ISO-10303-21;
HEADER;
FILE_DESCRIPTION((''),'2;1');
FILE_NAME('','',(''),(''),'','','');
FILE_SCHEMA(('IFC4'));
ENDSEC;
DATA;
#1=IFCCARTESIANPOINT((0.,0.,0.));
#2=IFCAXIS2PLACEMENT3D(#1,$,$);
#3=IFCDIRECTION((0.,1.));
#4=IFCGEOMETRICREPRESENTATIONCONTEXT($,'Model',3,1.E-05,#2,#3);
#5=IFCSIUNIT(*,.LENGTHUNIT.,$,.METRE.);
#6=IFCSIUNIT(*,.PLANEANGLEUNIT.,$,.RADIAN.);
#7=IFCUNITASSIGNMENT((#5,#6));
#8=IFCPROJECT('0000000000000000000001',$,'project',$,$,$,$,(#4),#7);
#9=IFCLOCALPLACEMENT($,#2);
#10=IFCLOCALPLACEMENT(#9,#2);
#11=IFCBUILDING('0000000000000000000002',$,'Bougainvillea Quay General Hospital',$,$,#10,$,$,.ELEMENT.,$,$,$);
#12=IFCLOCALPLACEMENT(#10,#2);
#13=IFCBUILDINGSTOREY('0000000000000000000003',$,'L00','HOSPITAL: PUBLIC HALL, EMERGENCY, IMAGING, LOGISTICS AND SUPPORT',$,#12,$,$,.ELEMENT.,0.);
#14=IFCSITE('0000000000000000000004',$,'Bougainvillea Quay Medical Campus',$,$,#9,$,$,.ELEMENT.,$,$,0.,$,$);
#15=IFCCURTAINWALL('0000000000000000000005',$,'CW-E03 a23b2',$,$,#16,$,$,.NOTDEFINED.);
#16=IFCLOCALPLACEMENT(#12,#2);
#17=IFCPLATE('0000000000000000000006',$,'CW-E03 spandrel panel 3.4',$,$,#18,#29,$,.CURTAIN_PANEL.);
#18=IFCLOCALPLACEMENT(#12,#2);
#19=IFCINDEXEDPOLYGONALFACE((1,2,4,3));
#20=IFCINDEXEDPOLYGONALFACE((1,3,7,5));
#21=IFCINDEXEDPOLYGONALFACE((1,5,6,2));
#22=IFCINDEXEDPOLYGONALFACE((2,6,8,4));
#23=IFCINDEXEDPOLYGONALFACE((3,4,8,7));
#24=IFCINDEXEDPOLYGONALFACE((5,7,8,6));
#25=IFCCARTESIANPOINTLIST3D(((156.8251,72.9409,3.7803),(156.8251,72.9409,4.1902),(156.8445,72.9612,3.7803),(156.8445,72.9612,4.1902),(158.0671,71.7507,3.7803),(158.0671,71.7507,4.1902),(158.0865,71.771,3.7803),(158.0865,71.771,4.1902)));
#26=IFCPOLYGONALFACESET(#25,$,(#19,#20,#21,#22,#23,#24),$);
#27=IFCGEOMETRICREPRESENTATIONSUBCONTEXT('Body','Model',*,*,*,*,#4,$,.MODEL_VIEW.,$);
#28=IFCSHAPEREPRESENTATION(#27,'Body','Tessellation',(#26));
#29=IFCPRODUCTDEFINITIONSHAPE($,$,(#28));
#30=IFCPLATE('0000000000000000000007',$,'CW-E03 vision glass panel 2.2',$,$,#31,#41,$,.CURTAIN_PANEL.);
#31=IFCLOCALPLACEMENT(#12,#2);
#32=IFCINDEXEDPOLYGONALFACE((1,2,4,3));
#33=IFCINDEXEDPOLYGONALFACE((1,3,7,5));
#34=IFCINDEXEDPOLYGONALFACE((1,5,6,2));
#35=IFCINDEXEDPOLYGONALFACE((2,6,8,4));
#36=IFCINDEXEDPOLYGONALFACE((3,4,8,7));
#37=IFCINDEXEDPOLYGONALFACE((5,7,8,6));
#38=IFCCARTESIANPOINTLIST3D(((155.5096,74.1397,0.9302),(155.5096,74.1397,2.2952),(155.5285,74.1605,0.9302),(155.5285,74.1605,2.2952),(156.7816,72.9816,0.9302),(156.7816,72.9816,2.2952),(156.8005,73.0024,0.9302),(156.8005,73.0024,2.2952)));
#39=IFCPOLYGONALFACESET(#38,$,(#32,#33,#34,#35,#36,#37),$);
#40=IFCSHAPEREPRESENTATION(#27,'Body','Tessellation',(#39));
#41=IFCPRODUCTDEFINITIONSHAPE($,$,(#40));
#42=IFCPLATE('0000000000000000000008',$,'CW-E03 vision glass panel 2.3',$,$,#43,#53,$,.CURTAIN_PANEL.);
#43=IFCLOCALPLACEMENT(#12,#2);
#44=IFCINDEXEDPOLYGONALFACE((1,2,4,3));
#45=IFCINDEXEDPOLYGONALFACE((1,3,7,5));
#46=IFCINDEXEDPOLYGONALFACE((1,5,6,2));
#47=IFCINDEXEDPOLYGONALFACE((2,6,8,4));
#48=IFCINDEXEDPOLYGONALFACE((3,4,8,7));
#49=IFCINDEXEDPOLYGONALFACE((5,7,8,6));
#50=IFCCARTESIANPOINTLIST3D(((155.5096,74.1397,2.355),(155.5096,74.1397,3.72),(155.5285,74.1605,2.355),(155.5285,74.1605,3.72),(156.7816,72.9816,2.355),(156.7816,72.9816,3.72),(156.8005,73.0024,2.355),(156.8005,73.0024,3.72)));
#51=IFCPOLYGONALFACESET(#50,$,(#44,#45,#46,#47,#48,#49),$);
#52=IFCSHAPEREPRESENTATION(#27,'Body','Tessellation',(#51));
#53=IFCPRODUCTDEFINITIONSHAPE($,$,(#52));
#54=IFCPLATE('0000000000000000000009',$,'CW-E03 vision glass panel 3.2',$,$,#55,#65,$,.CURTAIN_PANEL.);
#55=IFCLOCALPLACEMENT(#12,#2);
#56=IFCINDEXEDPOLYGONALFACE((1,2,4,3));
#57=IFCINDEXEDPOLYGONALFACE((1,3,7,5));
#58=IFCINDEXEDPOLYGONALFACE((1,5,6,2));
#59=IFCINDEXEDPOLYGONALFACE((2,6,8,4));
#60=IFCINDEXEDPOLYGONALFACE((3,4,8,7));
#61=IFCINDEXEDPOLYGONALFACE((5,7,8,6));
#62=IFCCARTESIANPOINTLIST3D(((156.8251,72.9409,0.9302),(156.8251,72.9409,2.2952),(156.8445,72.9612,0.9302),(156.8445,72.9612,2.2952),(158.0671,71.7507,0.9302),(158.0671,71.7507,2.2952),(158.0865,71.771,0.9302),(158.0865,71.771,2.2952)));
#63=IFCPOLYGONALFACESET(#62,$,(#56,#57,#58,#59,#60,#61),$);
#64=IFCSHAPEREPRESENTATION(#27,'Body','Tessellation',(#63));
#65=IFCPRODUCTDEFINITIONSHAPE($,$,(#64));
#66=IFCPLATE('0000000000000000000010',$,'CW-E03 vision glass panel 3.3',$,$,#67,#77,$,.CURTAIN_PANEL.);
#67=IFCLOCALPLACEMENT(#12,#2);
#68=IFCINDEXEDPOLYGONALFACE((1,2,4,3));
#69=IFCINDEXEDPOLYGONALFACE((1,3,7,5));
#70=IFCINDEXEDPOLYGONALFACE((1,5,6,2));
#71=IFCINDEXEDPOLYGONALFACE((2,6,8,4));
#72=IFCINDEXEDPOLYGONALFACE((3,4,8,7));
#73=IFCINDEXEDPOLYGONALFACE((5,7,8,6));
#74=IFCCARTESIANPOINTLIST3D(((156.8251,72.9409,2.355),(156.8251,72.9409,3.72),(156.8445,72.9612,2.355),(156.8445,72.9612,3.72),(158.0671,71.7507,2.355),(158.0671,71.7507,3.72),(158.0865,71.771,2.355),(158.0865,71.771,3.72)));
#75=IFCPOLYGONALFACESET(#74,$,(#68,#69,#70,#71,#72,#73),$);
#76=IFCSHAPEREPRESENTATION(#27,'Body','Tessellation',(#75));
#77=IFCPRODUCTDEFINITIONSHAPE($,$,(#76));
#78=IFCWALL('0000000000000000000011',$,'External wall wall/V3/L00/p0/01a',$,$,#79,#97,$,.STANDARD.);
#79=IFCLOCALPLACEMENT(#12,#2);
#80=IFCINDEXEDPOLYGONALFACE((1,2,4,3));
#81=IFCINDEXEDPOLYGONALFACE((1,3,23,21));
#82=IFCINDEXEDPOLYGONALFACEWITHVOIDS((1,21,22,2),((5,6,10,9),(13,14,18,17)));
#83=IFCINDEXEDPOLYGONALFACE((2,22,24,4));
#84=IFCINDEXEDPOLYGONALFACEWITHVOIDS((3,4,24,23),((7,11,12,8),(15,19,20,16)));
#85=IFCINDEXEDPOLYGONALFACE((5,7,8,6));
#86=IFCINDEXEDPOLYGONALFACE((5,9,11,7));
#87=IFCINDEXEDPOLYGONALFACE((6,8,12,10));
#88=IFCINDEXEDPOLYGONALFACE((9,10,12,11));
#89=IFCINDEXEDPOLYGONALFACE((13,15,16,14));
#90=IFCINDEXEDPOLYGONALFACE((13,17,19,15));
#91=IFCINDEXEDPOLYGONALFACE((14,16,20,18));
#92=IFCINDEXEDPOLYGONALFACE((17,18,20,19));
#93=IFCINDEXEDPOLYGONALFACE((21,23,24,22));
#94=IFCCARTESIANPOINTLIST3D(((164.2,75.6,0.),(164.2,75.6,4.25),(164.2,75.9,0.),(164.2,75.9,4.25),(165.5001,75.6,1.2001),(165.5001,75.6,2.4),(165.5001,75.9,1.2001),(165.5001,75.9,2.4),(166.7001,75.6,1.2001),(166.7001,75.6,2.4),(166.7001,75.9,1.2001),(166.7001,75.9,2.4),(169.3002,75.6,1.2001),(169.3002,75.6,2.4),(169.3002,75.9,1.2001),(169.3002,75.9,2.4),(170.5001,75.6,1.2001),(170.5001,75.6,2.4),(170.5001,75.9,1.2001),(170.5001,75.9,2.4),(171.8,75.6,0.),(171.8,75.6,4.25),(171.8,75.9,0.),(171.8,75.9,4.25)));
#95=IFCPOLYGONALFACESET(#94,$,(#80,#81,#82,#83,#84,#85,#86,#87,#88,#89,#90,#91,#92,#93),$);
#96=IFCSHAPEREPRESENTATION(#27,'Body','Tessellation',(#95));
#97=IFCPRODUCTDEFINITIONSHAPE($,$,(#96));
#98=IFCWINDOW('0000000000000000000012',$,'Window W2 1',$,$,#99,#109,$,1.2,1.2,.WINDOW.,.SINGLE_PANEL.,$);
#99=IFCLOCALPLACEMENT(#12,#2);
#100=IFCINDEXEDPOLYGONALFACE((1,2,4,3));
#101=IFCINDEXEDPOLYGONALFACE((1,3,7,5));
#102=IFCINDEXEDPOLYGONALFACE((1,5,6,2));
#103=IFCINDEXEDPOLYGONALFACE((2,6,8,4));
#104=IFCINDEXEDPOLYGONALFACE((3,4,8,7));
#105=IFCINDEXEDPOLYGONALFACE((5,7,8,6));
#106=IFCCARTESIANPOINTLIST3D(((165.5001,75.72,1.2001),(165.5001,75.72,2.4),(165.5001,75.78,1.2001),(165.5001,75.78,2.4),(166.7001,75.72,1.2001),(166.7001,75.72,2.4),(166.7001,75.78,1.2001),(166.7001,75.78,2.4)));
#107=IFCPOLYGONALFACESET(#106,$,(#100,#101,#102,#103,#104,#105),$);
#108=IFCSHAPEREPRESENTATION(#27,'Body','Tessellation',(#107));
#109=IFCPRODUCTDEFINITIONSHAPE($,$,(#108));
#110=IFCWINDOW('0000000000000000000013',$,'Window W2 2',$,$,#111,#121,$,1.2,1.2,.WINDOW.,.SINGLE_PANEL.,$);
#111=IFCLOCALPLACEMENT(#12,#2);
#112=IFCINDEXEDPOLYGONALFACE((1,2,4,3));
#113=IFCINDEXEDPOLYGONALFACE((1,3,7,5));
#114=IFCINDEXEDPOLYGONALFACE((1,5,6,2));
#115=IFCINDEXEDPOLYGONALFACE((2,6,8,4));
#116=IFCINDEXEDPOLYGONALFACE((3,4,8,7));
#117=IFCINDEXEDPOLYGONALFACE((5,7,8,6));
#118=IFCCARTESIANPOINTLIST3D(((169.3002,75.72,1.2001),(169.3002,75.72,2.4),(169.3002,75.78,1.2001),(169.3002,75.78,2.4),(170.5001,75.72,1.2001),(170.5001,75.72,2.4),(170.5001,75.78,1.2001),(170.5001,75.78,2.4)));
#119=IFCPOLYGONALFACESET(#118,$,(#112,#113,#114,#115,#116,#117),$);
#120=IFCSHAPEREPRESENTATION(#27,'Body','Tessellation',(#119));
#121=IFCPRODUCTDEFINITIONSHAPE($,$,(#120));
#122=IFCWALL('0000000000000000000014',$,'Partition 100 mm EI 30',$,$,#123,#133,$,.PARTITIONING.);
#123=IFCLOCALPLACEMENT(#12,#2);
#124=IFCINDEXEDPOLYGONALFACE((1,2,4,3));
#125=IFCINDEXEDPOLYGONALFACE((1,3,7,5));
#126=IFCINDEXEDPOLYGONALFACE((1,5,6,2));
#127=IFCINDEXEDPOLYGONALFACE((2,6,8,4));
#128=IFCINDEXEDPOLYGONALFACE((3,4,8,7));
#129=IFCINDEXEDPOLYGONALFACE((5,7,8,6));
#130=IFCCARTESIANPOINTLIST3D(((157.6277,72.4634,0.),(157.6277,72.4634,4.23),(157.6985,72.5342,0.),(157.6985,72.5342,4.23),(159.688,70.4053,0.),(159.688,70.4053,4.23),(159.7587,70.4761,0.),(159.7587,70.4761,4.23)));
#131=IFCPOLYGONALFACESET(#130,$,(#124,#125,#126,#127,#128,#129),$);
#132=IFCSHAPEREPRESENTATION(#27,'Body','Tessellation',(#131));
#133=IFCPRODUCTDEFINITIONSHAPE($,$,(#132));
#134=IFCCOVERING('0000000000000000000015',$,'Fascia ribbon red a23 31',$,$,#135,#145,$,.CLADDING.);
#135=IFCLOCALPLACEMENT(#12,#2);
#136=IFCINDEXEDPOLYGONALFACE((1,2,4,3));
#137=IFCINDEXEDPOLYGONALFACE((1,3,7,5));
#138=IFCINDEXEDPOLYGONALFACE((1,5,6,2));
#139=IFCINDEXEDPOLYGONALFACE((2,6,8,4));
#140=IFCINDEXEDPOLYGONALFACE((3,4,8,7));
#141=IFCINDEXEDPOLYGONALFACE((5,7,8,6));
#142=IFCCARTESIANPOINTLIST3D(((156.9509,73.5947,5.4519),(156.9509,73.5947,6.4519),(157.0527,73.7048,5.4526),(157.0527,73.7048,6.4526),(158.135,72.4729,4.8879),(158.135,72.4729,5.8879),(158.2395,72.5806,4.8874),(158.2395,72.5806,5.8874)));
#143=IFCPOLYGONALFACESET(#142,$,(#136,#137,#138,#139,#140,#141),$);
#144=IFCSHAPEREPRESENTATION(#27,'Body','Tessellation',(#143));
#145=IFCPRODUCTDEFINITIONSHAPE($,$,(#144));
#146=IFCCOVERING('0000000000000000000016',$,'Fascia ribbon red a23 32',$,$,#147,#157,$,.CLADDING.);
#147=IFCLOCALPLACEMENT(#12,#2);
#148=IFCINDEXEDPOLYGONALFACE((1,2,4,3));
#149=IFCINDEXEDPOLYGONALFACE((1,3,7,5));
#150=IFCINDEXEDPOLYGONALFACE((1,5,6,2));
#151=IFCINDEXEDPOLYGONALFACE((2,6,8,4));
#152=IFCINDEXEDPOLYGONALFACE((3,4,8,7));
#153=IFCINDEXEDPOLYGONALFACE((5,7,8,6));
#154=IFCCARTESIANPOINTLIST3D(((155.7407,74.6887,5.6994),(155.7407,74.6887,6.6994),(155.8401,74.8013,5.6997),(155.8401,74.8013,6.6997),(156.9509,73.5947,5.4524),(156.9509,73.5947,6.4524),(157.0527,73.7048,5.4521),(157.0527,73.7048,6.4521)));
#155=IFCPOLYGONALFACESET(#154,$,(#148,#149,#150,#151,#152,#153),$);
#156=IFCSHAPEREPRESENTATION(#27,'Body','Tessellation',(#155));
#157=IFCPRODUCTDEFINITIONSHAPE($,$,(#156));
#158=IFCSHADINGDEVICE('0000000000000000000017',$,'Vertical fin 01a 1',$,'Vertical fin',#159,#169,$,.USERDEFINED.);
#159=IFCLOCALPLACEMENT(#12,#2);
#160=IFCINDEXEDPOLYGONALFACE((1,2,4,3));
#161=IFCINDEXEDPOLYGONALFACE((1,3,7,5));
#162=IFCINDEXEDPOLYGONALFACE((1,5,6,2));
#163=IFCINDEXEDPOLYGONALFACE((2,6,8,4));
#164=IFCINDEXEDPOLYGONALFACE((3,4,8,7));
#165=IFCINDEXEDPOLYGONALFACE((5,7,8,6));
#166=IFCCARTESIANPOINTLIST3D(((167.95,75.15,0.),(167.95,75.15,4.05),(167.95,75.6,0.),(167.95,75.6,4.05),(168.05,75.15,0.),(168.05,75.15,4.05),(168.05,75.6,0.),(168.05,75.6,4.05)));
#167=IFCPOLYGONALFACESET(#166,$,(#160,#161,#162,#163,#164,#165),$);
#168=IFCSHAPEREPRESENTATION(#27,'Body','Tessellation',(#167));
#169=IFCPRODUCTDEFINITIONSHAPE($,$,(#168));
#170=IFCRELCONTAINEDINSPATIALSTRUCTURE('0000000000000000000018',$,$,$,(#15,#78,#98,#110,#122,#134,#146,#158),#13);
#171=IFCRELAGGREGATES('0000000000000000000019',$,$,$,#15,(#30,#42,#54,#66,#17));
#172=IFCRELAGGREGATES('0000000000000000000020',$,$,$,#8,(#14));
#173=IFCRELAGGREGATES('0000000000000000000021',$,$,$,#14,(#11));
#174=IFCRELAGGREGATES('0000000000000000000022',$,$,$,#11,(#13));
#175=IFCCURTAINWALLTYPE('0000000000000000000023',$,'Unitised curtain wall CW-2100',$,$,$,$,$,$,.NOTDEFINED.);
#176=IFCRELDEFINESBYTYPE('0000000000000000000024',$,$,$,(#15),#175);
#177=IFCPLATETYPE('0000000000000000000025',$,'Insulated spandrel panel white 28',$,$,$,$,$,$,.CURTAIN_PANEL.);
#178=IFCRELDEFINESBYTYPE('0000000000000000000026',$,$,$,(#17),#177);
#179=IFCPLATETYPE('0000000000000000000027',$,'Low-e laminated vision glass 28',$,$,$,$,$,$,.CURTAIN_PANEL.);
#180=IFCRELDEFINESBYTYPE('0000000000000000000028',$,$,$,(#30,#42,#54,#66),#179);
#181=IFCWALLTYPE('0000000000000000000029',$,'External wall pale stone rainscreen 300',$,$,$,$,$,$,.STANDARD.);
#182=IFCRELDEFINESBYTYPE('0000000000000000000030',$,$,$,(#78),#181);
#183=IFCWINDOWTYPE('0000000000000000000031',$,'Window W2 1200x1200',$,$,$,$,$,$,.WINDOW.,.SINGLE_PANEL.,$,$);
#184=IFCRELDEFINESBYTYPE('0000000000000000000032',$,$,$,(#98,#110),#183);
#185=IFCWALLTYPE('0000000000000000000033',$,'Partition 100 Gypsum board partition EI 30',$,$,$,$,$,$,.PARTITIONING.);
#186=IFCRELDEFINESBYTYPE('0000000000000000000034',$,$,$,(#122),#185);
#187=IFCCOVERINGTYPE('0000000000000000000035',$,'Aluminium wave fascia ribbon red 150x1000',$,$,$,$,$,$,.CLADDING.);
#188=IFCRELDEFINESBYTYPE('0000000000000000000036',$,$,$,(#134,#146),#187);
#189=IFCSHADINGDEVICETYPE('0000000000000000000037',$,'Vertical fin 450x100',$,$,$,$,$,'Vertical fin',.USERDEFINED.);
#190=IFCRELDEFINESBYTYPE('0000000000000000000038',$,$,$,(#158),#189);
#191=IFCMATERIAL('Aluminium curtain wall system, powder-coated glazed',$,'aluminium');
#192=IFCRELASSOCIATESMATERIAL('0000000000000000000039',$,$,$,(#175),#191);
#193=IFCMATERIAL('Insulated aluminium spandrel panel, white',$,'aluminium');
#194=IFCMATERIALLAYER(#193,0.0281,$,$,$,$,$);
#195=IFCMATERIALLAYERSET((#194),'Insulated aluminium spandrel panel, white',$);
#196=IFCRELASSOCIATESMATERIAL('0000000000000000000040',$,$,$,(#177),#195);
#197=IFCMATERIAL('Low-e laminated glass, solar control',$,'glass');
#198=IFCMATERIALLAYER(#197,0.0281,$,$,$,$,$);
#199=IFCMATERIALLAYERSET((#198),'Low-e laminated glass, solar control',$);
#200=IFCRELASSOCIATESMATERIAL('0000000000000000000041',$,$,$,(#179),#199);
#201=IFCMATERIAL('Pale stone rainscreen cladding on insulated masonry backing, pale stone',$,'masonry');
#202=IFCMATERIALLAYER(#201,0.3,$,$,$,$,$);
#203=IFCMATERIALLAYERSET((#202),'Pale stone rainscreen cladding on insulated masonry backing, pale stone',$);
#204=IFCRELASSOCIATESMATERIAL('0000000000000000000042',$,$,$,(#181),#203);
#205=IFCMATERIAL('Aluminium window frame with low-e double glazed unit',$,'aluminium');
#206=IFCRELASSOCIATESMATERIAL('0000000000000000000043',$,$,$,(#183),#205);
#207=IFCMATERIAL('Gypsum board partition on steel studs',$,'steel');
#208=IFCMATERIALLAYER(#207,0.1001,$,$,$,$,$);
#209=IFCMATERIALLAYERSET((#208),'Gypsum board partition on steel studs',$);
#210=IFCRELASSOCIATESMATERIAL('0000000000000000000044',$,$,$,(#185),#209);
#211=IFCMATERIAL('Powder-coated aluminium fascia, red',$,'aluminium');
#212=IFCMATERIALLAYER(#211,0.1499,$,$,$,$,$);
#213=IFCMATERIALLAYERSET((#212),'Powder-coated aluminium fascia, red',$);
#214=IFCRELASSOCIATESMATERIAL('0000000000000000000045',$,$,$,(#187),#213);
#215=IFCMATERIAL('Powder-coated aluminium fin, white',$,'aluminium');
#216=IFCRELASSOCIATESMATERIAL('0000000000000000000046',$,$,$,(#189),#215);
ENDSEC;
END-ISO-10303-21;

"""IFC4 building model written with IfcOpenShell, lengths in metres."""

from ifc_helpers import new_model, si_unit, direction, frame, frame_2d, origin, origin_2d, place, context, subcontext, project, spatial, polyline, rectangle, outline, extrude, material, layer, layer_set, material_profile, profile_set, type_object, element, fill, aggregate, save


model = new_model("IFC4")

# Units and contexts
model_context = context("Model", 3, precision=1e-05, world=origin(), true_north=direction((0.0, 1.0)))
body_context = subcontext(model_context, "Body", "Model", "MODEL_VIEW")
ifc_project = project(units=[si_unit("LENGTHUNIT", "METRE"), si_unit("PLANEANGLEUNIT", "RADIAN")], contexts=[model_context])

# Site, building, storey
site_placement = place(None, origin())
site = spatial("IfcSite", under=ifc_project, at=site_placement, Name="Bougainvillea Quay Medical Campus", CompositionType="ELEMENT", RefElevation=0.0)
building_placement = place(site_placement, origin())
building = spatial("IfcBuilding", under=site, at=building_placement, Name="Bougainvillea Quay General Hospital", CompositionType="ELEMENT")
storey_placement = place(building_placement, origin())
storey = spatial("IfcBuildingStorey", under=building, at=storey_placement, Name="L00", Description="HOSPITAL: PUBLIC HALL, EMERGENCY, IMAGING, LOGISTICS AND SUPPORT", CompositionType="ELEMENT", Elevation=0.0)

# Curtain wall, plates
ifc_material_1 = material(Name="Aluminium curtain wall system, powder-coated glazed", Category="aluminium")
curtain_wall_type = type_object("IfcCurtainWallType", Name="Unitised curtain wall CW-2100", PredefinedType="NOTDEFINED", material=ifc_material_1)
curtain_wall_placement = place(storey_placement, origin())
curtain_wall = element("IfcCurtainWall", 1, at=curtain_wall_placement, inside=storey, type_object=curtain_wall_type, Name="CW-E03 a23b2", PredefinedType="NOTDEFINED")
ifc_material_2 = material(Name="Insulated aluminium spandrel panel, white", Category="aluminium")
ifc_layer_1 = layer(ifc_material_2, 0.0281)
ifc_layer_set_1 = layer_set([ifc_layer_1], Name="Insulated aluminium spandrel panel, white")
plate_type_1 = type_object("IfcPlateType", Name="Insulated spandrel panel white 28", PredefinedType="CURTAIN_PANEL", material=ifc_layer_set_1)
plate_1_placement = place(storey_placement, frame((157.4558, 72.356, 3.7803), z_axis=(0.0, 0.0, 1.0), x_axis=(0.722002, -0.691891, 0.0)))
plate_1 = element("IfcPlate", 2, at=plate_1_placement, type_object=plate_type_1, Name="CW-E03 spandrel panel 3.4", PredefinedType="CURTAIN_PANEL", context=body_context, shape_type="SweptSolid", body=[
    extrude(rectangle(XDim=1.7202, YDim=0.0281, at=origin_2d()), origin(), (0.0, 0.0, 1.0), 0.4099),
])
ifc_material_3 = material(Name="Low-e laminated glass, solar control", Category="glass")
ifc_layer_2 = layer(ifc_material_3, 0.0281)
ifc_layer_set_2 = layer_set([ifc_layer_2], Name="Low-e laminated glass, solar control")
plate_type_2 = type_object("IfcPlateType", Name="Low-e laminated vision glass 28", PredefinedType="CURTAIN_PANEL", material=ifc_layer_set_2)
plate_2_placement = place(storey_placement, frame((156.155, 73.571, 0.9302), z_axis=(0.0, 0.0, 1.0), x_axis=(0.739424, -0.67324, 0.0)))
plate_2 = element("IfcPlate", 3, at=plate_2_placement, type_object=plate_type_2, Name="CW-E03 vision glass panel 2.2", PredefinedType="CURTAIN_PANEL", context=body_context, shape_type="SweptSolid", body=[
    extrude(rectangle(XDim=1.7202, YDim=0.0281, at=origin_2d()), origin(), (0.0, 0.0, 1.0), 1.365),
])
plate_3_placement = place(storey_placement, frame((156.155, 73.571, 2.355), z_axis=(0.0, 0.0, 1.0), x_axis=(0.739424, -0.67324, 0.0)))
plate_3 = element("IfcPlate", 4, at=plate_3_placement, type_object=plate_type_2, Name="CW-E03 vision glass panel 2.3", PredefinedType="CURTAIN_PANEL", context=body_context, shape_type="SweptSolid", body=[
    extrude(rectangle(XDim=1.7202, YDim=0.0281, at=origin_2d()), origin(), (0.0, 0.0, 1.0), 1.365),
])
plate_4_placement = place(storey_placement, frame((157.4558, 72.356, 0.9302), z_axis=(0.0, 0.0, 1.0), x_axis=(0.722002, -0.691891, 0.0)))
plate_4 = element("IfcPlate", 5, at=plate_4_placement, type_object=plate_type_2, Name="CW-E03 vision glass panel 3.2", PredefinedType="CURTAIN_PANEL", context=body_context, shape_type="SweptSolid", body=[
    extrude(rectangle(XDim=1.7202, YDim=0.0281, at=origin_2d()), origin(), (0.0, 0.0, 1.0), 1.365),
])
plate_5_placement = place(storey_placement, frame((157.4558, 72.356, 2.355), z_axis=(0.0, 0.0, 1.0), x_axis=(0.722002, -0.691891, 0.0)))
plate_5 = element("IfcPlate", 6, at=plate_5_placement, type_object=plate_type_2, Name="CW-E03 vision glass panel 3.3", PredefinedType="CURTAIN_PANEL", context=body_context, shape_type="SweptSolid", body=[
    extrude(rectangle(XDim=1.7202, YDim=0.0281, at=origin_2d()), origin(), (0.0, 0.0, 1.0), 1.365),
])
aggregate(curtain_wall, [plate_2, plate_3, plate_4, plate_5, plate_1])

# Wall, openings, windows
ifc_material_4 = material(Name="Pale stone rainscreen cladding on insulated masonry backing, pale stone", Category="masonry")
ifc_layer_3 = layer(ifc_material_4, 0.3)
ifc_layer_set_3 = layer_set([ifc_layer_3], Name="Pale stone rainscreen cladding on insulated masonry backing, pale stone")
wall_type_1 = type_object("IfcWallType", Name="External wall pale stone rainscreen 300", PredefinedType="STANDARD", material=ifc_layer_set_3)
wall_1_placement = place(storey_placement, frame((164.2, 75.75, 0.0), z_axis=(0.0, 0.0, 1.0), x_axis=(1.0, 0.0, 0.0)))
wall_1 = element("IfcWall", 7, at=wall_1_placement, inside=storey, type_object=wall_type_1, Name="External wall wall/V3/L00/p0/01a", PredefinedType="STANDARD", context=body_context, shape_type="SweptSolid", body=[
    extrude(rectangle(XDim=7.6001, YDim=0.3, at=frame_2d((3.8, 0.0))), origin(), (0.0, 0.0, 1.0), 4.25),
])
opening_1_placement = place(wall_1_placement, frame((1.3, 0.0, 1.2)))
opening_1 = element("IfcOpeningElement", 8, at=opening_1_placement, cuts=wall_1, PredefinedType="OPENING", context=body_context, shape_type="SweptSolid", body=[
    extrude(rectangle(XDim=1.2, YDim=1.2, at=frame_2d((0.6001, 0.6001))), frame((0.0, 0.1599, 0.0), z_axis=(0.0, -1.0, 0.0), x_axis=(1.0, 0.0, 0.0)), (0.0, 0.0, 1.0), 0.3201),
])
opening_2_placement = place(wall_1_placement, frame((5.1001, 0.0, 1.2)))
opening_2 = element("IfcOpeningElement", 9, at=opening_2_placement, cuts=wall_1, PredefinedType="OPENING", context=body_context, shape_type="SweptSolid", body=[
    extrude(rectangle(XDim=1.2, YDim=1.2, at=frame_2d((0.6001, 0.6001))), frame((0.0, 0.1599, 0.0), z_axis=(0.0, -1.0, 0.0), x_axis=(1.0, 0.0, 0.0)), (0.0, 0.0, 1.0), 0.3201),
])
ifc_material_5 = material(Name="Aluminium window frame with low-e double glazed unit", Category="aluminium")
window_type = type_object("IfcWindowType", Name="Window W2 1200x1200", PartitioningType="SINGLE_PANEL", PredefinedType="WINDOW", material=ifc_material_5)
window_1_placement = place(opening_1_placement, origin())
window_1 = element("IfcWindow", 10, at=window_1_placement, inside=storey, type_object=window_type, Name="Window W2 1", OverallHeight=1.2, OverallWidth=1.2, PartitioningType="SINGLE_PANEL", PredefinedType="WINDOW", context=body_context, shape_type="SweptSolid", body=[
    extrude(rectangle(XDim=1.2, YDim=1.2, at=frame_2d((0.6001, 0.6001))), frame((0.0, 0.03, 0.0), z_axis=(0.0, -1.0, 0.0), x_axis=(1.0, 0.0, 0.0)), (0.0, 0.0, 1.0), 0.0601),
])
fill(opening_1, window_1)
window_2_placement = place(opening_2_placement, origin())
window_2 = element("IfcWindow", 11, at=window_2_placement, inside=storey, type_object=window_type, Name="Window W2 2", OverallHeight=1.2, OverallWidth=1.2, PartitioningType="SINGLE_PANEL", PredefinedType="WINDOW", context=body_context, shape_type="SweptSolid", body=[
    extrude(rectangle(XDim=1.2, YDim=1.2, at=frame_2d((0.6001, 0.6001))), frame((0.0, 0.03, 0.0), z_axis=(0.0, -1.0, 0.0), x_axis=(1.0, 0.0, 0.0)), (0.0, 0.0, 1.0), 0.0601),
])
fill(opening_2, window_2)

# Wall
ifc_material_6 = material(Name="Gypsum board partition on steel studs", Category="steel")
ifc_layer_4 = layer(ifc_material_6, 0.1001)
ifc_layer_set_4 = layer_set([ifc_layer_4], Name="Gypsum board partition on steel studs")
wall_type_2 = type_object("IfcWallType", Name="Partition 100 Gypsum board partition EI 30", PredefinedType="PARTITIONING", material=ifc_layer_set_4)
wall_2_placement = place(storey_placement, frame((157.6631, 72.4988, 0.0), z_axis=(0.0, 0.0, 1.0), x_axis=(0.707484, -0.706729, 0.0)))
element("IfcWall", 12, at=wall_2_placement, inside=storey, type_object=wall_type_2, Name="Partition 100 mm EI 30", PredefinedType="PARTITIONING", context=body_context, shape_type="SweptSolid", body=[
    extrude(rectangle(XDim=2.9121, YDim=0.1001, at=frame_2d((1.4561, 0.0))), origin(), (0.0, 0.0, 1.0), 4.23),
])

# Coverings
ifc_material_7 = material(Name="Powder-coated aluminium fascia, red", Category="aluminium")
ifc_layer_5 = layer(ifc_material_7, 0.1499)
ifc_layer_set_5 = layer_set([ifc_layer_5], Name="Powder-coated aluminium fascia, red")
covering_type = type_object("IfcCoveringType", Name="Aluminium wave fascia ribbon red 150x1000", PredefinedType="CLADDING", material=ifc_layer_set_5)
covering_1_placement = place(storey_placement, frame((158.135, 72.4729, 4.8879), z_axis=(0.236693, -0.225281, 0.945106), x_axis=(-0.686084, 0.650011, 0.326764)))
element("IfcCovering", 13, at=covering_1_placement, inside=storey, type_object=covering_type, Name="Fascia ribbon red a23 31", PredefinedType="CLADDING", context=body_context, shape_type="SweptSolid", body=[
    extrude(outline(polyline([(0.0, 0.0), (1.7259, 0.0), (1.7278, -0.1499), (-0.0019, -0.15), (0.0, 0.0)])), origin(), (0.326764, -0.000709, 0.945106), 1.0),
])
covering_2_placement = place(storey_placement, frame((156.9509, 73.5947, 5.4524), z_axis=(0.1111, -0.10038, 0.988727), x_axis=(-0.733464, 0.663032, 0.149731)))
element("IfcCovering", 14, at=covering_2_placement, inside=storey, type_object=covering_type, Name="Fascia ribbon red a23 32", PredefinedType="CLADDING", context=body_context, shape_type="SweptSolid", body=[
    extrude(outline(polyline([(0.0, 0.0), (1.65, 0.0), (1.6518, -0.1501), (-0.0017, -0.15), (0.0, 0.0)])), origin(), (0.149731, 0.000038, 0.988727), 1.0),
])

# Shading device
ifc_material_8 = material(Name="Powder-coated aluminium fin, white", Category="aluminium")
ifc_material_profile_1 = material_profile(ifc_material_8, rectangle(XDim=0.45, YDim=0.1001, at=origin_2d()))
ifc_profile_set_1 = profile_set([ifc_material_profile_1], Name="Powder-coated aluminium fin, white")
shading_device_type = type_object("IfcShadingDeviceType", Name="Vertical fin 450x100", ElementType="Vertical fin", PredefinedType="USERDEFINED", material=ifc_profile_set_1)
shading_device_placement = place(storey_placement, frame((168.0, 75.375, 0.0), z_axis=(0.0, 0.0, 1.0), x_axis=(0.0, -1.0, 0.0)))
element("IfcShadingDevice", 15, at=shading_device_placement, inside=storey, type_object=shading_device_type, Name="Vertical fin 01a 1", ObjectType="Vertical fin", PredefinedType="USERDEFINED", context=body_context, shape_type="SweptSolid", body=[
    extrude(rectangle(XDim=0.45, YDim=0.1001, at=origin_2d()), origin(), (0.0, 0.0, 1.0), 4.05),
])

save(model, "model.ifc")
